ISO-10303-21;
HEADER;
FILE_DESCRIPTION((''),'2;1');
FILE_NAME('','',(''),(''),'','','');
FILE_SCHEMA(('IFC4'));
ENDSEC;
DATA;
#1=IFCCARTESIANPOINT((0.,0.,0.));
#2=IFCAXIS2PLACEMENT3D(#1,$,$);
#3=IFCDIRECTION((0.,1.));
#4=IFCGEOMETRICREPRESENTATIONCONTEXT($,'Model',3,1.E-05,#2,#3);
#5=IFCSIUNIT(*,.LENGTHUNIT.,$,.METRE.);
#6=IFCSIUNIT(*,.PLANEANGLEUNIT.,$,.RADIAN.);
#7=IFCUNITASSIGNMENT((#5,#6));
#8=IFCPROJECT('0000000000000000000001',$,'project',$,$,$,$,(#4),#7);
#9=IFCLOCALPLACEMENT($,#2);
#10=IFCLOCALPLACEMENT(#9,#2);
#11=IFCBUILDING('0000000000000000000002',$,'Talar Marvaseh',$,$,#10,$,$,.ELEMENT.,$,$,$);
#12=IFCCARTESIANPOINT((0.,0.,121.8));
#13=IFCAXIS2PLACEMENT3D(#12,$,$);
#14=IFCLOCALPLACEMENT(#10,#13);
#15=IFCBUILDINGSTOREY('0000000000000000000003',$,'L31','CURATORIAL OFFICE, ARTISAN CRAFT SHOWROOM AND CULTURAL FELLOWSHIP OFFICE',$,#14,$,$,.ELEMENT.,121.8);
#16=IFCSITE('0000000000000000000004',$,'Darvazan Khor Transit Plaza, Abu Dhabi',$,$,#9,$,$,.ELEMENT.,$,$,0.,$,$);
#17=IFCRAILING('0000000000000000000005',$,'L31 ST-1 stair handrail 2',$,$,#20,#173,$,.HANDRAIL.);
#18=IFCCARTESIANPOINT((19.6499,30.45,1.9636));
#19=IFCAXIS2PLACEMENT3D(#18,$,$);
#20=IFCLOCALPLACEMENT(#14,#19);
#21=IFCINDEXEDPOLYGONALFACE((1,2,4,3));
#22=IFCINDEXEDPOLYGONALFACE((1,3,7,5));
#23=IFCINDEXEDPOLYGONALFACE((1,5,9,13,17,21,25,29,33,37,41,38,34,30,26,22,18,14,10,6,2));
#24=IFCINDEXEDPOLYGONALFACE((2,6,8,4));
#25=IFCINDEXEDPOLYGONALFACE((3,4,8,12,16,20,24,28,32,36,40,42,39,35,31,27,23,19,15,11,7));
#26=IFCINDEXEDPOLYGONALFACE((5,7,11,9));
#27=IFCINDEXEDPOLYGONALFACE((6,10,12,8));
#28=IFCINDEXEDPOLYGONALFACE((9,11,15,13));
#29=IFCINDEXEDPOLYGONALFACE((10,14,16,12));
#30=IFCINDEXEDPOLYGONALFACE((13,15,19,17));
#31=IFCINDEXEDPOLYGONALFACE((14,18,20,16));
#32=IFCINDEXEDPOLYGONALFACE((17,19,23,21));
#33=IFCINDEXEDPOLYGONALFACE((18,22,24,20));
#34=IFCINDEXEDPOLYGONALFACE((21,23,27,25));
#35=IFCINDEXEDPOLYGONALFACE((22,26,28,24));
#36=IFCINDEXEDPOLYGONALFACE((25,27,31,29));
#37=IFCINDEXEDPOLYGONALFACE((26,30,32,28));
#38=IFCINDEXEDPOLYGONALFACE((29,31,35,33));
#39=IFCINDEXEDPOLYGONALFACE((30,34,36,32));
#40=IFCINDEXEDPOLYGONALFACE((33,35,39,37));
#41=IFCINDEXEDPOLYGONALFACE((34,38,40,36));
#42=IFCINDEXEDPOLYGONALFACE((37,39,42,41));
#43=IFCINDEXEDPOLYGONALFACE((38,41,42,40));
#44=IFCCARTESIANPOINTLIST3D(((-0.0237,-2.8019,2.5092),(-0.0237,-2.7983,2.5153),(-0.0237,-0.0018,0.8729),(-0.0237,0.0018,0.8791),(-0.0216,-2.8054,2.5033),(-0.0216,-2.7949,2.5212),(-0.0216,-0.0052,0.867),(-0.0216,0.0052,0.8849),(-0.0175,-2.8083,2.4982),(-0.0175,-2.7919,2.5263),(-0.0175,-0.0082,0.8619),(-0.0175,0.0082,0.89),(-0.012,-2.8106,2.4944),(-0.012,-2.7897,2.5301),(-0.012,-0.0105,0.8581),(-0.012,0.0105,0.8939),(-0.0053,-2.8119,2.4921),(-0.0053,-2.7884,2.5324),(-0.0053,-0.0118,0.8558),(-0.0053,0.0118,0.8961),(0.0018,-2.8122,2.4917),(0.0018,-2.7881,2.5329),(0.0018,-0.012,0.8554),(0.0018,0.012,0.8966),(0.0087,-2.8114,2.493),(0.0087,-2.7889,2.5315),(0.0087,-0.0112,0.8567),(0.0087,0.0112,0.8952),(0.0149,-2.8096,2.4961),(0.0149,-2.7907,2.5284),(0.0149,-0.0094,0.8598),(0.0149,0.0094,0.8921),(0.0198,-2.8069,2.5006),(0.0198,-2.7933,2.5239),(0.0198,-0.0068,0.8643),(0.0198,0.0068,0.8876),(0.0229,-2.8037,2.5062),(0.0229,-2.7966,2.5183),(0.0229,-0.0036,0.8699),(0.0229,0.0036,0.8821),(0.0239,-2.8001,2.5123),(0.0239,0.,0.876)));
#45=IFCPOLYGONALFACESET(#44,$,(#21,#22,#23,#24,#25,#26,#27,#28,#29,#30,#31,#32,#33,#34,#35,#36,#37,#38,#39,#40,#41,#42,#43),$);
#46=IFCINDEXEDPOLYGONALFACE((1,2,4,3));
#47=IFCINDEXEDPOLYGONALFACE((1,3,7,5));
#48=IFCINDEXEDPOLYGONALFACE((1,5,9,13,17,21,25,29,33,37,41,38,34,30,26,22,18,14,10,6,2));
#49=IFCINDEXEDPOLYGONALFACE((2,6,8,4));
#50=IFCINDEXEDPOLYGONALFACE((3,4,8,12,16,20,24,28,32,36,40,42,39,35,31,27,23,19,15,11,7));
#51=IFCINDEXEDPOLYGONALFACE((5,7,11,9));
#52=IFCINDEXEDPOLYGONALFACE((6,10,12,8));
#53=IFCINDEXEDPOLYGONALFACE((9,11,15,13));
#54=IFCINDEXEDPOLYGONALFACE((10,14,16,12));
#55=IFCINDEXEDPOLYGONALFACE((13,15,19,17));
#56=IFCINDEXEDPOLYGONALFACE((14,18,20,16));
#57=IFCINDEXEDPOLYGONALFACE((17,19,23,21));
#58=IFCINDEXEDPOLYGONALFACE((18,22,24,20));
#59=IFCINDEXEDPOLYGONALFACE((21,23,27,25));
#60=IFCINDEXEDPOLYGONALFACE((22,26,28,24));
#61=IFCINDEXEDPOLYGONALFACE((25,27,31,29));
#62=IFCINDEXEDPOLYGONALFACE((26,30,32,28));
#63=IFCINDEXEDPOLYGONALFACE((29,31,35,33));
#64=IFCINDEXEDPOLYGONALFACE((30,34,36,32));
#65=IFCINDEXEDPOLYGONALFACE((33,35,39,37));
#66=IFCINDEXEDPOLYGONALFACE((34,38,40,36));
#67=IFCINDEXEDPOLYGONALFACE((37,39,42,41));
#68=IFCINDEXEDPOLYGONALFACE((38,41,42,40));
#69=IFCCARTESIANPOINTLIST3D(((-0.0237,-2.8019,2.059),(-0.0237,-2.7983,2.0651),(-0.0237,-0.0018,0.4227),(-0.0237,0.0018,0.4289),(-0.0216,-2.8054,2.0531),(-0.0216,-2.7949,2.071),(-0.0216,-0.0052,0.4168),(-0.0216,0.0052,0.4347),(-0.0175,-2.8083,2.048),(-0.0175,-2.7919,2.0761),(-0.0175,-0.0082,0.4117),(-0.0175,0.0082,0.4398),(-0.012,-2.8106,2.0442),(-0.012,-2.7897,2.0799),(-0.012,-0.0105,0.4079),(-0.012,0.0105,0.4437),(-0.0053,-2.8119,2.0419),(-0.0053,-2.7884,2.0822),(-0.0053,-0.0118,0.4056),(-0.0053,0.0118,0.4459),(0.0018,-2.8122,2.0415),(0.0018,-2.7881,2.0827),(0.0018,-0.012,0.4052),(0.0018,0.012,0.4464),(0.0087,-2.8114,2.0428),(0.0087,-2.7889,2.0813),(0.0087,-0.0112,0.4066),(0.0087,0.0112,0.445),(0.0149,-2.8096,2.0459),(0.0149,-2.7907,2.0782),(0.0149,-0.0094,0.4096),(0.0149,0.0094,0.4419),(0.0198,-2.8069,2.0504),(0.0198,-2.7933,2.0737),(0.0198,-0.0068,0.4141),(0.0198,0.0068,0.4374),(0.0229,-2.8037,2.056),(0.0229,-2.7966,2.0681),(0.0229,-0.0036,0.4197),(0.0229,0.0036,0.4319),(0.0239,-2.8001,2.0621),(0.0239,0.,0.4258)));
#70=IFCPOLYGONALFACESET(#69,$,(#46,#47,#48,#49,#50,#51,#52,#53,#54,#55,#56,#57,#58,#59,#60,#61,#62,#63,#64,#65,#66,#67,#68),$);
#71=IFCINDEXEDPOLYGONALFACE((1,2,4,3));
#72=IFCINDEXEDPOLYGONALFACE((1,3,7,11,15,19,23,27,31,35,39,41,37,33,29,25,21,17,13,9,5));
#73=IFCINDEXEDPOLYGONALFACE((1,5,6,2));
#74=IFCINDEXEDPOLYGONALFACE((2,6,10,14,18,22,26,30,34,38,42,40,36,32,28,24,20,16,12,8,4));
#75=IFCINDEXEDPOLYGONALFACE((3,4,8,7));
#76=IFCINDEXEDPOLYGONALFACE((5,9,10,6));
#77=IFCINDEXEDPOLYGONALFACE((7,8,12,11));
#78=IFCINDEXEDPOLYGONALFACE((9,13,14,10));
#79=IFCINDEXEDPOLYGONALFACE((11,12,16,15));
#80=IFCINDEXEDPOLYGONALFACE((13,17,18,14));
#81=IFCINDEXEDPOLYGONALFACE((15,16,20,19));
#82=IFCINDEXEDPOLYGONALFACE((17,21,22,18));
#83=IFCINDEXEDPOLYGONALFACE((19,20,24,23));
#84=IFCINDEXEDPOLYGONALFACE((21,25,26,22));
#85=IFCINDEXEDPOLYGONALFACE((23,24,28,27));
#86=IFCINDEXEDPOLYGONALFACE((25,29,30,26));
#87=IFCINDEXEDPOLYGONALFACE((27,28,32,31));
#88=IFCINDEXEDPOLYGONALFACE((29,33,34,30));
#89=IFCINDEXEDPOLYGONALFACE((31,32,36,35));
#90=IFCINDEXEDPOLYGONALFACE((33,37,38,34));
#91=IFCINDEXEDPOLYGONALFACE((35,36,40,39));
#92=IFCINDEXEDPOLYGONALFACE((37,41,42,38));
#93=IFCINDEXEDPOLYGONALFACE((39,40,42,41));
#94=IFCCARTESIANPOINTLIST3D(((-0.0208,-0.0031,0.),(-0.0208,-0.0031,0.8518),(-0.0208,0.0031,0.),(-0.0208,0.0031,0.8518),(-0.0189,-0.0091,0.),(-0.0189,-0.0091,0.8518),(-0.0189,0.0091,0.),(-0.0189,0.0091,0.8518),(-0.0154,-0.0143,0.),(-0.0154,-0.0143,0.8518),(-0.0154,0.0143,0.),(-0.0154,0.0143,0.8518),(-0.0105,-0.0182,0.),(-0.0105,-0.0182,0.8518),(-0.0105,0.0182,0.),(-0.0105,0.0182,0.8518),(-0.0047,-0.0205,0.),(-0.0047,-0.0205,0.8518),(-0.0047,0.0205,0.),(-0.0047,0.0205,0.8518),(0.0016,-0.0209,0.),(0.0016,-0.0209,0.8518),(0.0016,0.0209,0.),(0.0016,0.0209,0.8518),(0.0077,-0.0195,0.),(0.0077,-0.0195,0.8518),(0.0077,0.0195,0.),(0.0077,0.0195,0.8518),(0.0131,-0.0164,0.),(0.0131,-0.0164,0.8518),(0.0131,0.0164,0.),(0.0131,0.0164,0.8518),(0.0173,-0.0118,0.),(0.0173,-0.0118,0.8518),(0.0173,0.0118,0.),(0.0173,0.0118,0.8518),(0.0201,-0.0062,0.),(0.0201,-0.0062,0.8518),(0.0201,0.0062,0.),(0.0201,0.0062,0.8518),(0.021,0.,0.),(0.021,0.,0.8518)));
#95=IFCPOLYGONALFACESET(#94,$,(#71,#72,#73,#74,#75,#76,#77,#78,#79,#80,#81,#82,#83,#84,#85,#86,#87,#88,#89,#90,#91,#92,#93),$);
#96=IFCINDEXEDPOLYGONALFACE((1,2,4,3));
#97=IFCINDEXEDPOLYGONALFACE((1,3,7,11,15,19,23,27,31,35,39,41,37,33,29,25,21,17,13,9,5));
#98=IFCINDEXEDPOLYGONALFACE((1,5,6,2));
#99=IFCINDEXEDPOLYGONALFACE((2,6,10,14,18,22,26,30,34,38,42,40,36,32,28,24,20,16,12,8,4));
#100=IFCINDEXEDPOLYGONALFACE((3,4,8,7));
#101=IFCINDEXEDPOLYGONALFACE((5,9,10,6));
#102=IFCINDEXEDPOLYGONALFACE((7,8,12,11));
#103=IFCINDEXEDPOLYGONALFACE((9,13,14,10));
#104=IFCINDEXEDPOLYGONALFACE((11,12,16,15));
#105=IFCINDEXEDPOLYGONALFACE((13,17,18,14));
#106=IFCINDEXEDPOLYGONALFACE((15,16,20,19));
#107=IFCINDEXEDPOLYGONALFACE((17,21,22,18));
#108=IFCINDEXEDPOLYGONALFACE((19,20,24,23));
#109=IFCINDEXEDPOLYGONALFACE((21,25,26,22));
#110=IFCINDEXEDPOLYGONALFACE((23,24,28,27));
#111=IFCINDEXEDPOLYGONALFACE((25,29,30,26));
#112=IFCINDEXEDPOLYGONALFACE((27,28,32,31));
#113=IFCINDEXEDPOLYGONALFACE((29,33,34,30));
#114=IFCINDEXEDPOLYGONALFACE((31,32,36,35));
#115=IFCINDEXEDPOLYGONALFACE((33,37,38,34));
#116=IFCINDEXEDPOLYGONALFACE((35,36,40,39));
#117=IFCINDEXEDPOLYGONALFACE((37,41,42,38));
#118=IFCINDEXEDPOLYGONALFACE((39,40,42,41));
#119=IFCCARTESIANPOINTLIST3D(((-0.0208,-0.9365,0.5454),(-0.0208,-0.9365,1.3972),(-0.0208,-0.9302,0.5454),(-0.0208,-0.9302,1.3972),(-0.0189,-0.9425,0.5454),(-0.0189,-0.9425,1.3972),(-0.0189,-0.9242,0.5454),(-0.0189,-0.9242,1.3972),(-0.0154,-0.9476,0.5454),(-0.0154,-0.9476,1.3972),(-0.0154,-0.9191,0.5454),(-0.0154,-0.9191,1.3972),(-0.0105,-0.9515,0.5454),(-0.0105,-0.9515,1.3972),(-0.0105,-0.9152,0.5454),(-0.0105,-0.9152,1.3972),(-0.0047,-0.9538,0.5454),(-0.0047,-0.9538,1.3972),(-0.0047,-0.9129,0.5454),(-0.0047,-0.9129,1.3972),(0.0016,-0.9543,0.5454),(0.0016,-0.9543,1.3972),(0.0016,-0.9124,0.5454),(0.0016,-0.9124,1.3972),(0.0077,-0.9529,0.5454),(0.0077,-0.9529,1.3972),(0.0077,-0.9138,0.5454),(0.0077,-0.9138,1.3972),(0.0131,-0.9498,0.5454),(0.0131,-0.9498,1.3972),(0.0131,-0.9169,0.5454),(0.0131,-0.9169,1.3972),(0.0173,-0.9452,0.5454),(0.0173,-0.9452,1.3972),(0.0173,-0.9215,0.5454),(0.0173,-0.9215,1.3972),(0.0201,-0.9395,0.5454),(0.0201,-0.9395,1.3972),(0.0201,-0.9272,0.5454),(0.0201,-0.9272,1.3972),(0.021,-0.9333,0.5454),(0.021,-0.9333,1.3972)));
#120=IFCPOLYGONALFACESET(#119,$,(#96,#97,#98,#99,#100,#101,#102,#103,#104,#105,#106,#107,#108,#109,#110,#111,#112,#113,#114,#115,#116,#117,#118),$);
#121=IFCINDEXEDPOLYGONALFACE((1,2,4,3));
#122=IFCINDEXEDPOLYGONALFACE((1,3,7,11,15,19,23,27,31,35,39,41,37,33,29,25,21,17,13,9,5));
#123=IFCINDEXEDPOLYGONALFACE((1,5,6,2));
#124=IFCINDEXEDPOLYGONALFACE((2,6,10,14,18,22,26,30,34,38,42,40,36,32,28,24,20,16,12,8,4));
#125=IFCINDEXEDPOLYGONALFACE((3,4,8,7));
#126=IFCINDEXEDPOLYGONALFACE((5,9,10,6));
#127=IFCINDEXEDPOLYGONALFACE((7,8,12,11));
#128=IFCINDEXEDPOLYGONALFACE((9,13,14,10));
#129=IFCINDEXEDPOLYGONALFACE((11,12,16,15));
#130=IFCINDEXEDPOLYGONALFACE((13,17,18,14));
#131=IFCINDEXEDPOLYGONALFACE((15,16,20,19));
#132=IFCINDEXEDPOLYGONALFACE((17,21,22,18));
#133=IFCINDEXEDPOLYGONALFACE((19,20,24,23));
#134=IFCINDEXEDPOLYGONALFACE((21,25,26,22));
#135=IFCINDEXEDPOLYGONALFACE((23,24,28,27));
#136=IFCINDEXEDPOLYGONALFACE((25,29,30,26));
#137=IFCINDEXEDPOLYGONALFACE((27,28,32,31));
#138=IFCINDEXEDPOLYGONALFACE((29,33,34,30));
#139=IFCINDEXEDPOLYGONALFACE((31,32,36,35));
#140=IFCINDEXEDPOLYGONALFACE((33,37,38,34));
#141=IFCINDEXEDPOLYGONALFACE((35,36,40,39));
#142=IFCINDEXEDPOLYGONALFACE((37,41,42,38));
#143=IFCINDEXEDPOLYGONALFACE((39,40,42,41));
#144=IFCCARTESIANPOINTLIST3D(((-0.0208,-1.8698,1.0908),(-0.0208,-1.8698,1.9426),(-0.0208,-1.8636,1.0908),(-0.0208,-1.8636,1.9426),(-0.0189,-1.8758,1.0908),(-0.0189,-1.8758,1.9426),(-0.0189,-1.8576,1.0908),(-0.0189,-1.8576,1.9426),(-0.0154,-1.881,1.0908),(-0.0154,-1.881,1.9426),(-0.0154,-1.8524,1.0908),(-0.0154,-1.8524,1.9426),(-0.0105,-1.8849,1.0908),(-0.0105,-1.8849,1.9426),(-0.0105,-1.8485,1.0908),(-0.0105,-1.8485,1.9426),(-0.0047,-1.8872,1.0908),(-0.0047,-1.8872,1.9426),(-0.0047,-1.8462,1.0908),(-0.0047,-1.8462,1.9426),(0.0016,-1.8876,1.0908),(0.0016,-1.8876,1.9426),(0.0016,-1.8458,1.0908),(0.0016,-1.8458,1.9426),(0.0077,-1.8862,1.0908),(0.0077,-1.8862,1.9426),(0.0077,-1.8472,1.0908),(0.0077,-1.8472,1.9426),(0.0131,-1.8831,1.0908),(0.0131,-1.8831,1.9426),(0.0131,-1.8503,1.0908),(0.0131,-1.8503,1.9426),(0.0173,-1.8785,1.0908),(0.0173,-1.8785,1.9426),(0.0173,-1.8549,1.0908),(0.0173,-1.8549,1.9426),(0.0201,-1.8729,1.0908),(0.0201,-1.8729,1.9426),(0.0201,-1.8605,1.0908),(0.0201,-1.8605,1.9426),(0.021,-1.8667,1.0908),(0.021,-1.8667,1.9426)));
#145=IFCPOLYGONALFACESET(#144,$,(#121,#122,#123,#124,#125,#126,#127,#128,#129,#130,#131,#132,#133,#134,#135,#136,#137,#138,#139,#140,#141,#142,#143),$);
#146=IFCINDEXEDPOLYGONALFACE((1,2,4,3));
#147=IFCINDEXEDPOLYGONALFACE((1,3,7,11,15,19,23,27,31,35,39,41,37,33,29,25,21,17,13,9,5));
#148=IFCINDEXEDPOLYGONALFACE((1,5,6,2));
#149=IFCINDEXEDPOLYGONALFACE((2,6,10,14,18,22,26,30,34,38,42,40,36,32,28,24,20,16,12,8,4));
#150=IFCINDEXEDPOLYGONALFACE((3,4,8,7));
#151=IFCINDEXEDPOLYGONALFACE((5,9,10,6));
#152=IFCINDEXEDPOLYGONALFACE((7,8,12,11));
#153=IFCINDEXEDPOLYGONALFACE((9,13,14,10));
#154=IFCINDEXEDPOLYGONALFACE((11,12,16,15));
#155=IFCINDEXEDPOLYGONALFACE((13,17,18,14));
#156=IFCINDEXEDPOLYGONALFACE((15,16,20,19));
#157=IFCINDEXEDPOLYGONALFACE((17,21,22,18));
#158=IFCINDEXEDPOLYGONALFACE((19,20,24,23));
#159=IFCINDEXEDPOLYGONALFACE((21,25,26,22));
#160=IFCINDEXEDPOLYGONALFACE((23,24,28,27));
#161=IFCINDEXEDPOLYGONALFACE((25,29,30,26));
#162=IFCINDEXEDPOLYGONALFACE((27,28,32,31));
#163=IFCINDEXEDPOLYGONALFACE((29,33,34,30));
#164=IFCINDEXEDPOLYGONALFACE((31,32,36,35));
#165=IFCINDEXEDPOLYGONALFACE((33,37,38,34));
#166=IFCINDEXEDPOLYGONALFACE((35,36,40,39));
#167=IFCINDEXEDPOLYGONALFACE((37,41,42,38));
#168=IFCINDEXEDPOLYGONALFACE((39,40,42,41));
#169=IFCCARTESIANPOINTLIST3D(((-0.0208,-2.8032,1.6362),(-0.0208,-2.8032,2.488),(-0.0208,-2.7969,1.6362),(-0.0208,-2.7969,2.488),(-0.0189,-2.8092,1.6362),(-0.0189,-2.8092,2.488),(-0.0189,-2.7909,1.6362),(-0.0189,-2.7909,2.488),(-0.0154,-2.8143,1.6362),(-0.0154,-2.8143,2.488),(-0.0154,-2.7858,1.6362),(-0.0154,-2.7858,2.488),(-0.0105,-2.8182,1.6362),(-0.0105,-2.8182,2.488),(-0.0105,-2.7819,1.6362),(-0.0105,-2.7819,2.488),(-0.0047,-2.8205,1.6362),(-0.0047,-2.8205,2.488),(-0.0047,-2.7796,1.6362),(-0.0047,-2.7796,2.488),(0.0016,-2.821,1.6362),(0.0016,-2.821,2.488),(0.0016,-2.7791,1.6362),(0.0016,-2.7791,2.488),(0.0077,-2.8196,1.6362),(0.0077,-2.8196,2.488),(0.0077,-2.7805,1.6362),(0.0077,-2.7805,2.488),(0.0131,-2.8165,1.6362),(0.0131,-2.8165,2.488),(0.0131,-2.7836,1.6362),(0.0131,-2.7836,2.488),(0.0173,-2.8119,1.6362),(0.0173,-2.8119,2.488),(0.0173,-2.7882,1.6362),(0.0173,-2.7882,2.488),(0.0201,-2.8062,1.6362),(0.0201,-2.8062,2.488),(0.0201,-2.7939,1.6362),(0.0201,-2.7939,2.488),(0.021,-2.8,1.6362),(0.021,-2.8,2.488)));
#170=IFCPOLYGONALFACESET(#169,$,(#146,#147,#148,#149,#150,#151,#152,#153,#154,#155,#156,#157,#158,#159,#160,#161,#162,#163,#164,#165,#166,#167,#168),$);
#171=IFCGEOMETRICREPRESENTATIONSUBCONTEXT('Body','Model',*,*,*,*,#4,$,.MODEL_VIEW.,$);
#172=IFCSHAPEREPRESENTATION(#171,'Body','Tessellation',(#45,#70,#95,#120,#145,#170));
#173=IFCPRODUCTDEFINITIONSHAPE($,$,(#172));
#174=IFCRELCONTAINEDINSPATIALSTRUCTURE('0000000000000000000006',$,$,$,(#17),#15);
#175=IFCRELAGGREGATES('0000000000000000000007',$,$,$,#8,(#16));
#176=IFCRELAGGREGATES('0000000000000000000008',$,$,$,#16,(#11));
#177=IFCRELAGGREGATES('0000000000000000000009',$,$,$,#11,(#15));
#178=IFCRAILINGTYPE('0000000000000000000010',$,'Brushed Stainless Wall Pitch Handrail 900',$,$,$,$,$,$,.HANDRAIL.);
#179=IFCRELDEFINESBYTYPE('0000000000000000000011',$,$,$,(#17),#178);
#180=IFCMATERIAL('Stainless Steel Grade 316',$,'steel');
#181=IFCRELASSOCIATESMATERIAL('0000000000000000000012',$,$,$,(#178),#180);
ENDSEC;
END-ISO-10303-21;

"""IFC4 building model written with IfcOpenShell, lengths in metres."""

from ifc_helpers import new_model, si_unit, direction, frame, origin, origin_2d, place, context, subcontext, project, spatial, circle, extrude, material, type_object, element, save


model = new_model("IFC4")

# Units and contexts
model_context = context("Model", 3, precision=1e-05, world=origin(), true_north=direction((0.0, 1.0)))
body_context = subcontext(model_context, "Body", "Model", "MODEL_VIEW")
ifc_project = project(units=[si_unit("LENGTHUNIT", "METRE"), si_unit("PLANEANGLEUNIT", "RADIAN")], contexts=[model_context])

# Site, building, storey
site_placement = place(None, origin())
site = spatial("IfcSite", under=ifc_project, at=site_placement, Name="Darvazan Khor Transit Plaza, Abu Dhabi", CompositionType="ELEMENT", RefElevation=0.0)
building_placement = place(site_placement, origin())
building = spatial("IfcBuilding", under=site, at=building_placement, Name="Talar Marvaseh", CompositionType="ELEMENT")
storey_placement = place(building_placement, frame((0.0, 0.0, 121.8)))
storey = spatial("IfcBuildingStorey", under=building, at=storey_placement, Name="L31", Description="CURATORIAL OFFICE, ARTISAN CRAFT SHOWROOM AND CULTURAL FELLOWSHIP OFFICE", CompositionType="ELEMENT", Elevation=121.8)

# Railing
ifc_material_1 = material(Name="Stainless Steel Grade 316", Category="steel")
railing_type_1 = type_object("IfcRailingType", Name="Brushed Stainless Wall Pitch Handrail 900", PredefinedType="HANDRAIL", material=ifc_material_1)
railing_1_placement = place(storey_placement, frame((19.6499, 30.45, 1.9636)))
element("IfcRailing", 1, at=railing_1_placement, inside=storey, type_object=railing_type_1, Name="L31 ST-1 stair handrail 2", PredefinedType="HANDRAIL", context=body_context, shape_type="SweptSolid", body=[
    extrude(circle(Radius=0.0239, at=origin_2d()), frame((0.0, 0.0, 0.876), z_axis=(0.0, -0.863394, 0.504531), x_axis=(1.0, 0.0, 0.0)), (0.0, 0.0, 1.0), 3.2432),
    extrude(circle(Radius=0.0239, at=origin_2d()), frame((0.0, 0.0, 0.4258), z_axis=(0.0, -0.863394, 0.504531), x_axis=(1.0, 0.0, 0.0)), (0.0, 0.0, 1.0), 3.2432),
    extrude(circle(Radius=0.021, at=origin_2d()), origin(), (0.0, 0.0, 1.0), 0.8518),
    extrude(circle(Radius=0.021, at=origin_2d()), frame((0.0, -0.9333, 0.5454)), (0.0, 0.0, 1.0), 0.8518),
    extrude(circle(Radius=0.021, at=origin_2d()), frame((0.0, -1.8667, 1.0908)), (0.0, 0.0, 1.0), 0.8518),
    extrude(circle(Radius=0.021, at=origin_2d()), frame((0.0, -2.8, 1.6362)), (0.0, 0.0, 1.0), 0.8518),
])

save(model, "model.ifc")
